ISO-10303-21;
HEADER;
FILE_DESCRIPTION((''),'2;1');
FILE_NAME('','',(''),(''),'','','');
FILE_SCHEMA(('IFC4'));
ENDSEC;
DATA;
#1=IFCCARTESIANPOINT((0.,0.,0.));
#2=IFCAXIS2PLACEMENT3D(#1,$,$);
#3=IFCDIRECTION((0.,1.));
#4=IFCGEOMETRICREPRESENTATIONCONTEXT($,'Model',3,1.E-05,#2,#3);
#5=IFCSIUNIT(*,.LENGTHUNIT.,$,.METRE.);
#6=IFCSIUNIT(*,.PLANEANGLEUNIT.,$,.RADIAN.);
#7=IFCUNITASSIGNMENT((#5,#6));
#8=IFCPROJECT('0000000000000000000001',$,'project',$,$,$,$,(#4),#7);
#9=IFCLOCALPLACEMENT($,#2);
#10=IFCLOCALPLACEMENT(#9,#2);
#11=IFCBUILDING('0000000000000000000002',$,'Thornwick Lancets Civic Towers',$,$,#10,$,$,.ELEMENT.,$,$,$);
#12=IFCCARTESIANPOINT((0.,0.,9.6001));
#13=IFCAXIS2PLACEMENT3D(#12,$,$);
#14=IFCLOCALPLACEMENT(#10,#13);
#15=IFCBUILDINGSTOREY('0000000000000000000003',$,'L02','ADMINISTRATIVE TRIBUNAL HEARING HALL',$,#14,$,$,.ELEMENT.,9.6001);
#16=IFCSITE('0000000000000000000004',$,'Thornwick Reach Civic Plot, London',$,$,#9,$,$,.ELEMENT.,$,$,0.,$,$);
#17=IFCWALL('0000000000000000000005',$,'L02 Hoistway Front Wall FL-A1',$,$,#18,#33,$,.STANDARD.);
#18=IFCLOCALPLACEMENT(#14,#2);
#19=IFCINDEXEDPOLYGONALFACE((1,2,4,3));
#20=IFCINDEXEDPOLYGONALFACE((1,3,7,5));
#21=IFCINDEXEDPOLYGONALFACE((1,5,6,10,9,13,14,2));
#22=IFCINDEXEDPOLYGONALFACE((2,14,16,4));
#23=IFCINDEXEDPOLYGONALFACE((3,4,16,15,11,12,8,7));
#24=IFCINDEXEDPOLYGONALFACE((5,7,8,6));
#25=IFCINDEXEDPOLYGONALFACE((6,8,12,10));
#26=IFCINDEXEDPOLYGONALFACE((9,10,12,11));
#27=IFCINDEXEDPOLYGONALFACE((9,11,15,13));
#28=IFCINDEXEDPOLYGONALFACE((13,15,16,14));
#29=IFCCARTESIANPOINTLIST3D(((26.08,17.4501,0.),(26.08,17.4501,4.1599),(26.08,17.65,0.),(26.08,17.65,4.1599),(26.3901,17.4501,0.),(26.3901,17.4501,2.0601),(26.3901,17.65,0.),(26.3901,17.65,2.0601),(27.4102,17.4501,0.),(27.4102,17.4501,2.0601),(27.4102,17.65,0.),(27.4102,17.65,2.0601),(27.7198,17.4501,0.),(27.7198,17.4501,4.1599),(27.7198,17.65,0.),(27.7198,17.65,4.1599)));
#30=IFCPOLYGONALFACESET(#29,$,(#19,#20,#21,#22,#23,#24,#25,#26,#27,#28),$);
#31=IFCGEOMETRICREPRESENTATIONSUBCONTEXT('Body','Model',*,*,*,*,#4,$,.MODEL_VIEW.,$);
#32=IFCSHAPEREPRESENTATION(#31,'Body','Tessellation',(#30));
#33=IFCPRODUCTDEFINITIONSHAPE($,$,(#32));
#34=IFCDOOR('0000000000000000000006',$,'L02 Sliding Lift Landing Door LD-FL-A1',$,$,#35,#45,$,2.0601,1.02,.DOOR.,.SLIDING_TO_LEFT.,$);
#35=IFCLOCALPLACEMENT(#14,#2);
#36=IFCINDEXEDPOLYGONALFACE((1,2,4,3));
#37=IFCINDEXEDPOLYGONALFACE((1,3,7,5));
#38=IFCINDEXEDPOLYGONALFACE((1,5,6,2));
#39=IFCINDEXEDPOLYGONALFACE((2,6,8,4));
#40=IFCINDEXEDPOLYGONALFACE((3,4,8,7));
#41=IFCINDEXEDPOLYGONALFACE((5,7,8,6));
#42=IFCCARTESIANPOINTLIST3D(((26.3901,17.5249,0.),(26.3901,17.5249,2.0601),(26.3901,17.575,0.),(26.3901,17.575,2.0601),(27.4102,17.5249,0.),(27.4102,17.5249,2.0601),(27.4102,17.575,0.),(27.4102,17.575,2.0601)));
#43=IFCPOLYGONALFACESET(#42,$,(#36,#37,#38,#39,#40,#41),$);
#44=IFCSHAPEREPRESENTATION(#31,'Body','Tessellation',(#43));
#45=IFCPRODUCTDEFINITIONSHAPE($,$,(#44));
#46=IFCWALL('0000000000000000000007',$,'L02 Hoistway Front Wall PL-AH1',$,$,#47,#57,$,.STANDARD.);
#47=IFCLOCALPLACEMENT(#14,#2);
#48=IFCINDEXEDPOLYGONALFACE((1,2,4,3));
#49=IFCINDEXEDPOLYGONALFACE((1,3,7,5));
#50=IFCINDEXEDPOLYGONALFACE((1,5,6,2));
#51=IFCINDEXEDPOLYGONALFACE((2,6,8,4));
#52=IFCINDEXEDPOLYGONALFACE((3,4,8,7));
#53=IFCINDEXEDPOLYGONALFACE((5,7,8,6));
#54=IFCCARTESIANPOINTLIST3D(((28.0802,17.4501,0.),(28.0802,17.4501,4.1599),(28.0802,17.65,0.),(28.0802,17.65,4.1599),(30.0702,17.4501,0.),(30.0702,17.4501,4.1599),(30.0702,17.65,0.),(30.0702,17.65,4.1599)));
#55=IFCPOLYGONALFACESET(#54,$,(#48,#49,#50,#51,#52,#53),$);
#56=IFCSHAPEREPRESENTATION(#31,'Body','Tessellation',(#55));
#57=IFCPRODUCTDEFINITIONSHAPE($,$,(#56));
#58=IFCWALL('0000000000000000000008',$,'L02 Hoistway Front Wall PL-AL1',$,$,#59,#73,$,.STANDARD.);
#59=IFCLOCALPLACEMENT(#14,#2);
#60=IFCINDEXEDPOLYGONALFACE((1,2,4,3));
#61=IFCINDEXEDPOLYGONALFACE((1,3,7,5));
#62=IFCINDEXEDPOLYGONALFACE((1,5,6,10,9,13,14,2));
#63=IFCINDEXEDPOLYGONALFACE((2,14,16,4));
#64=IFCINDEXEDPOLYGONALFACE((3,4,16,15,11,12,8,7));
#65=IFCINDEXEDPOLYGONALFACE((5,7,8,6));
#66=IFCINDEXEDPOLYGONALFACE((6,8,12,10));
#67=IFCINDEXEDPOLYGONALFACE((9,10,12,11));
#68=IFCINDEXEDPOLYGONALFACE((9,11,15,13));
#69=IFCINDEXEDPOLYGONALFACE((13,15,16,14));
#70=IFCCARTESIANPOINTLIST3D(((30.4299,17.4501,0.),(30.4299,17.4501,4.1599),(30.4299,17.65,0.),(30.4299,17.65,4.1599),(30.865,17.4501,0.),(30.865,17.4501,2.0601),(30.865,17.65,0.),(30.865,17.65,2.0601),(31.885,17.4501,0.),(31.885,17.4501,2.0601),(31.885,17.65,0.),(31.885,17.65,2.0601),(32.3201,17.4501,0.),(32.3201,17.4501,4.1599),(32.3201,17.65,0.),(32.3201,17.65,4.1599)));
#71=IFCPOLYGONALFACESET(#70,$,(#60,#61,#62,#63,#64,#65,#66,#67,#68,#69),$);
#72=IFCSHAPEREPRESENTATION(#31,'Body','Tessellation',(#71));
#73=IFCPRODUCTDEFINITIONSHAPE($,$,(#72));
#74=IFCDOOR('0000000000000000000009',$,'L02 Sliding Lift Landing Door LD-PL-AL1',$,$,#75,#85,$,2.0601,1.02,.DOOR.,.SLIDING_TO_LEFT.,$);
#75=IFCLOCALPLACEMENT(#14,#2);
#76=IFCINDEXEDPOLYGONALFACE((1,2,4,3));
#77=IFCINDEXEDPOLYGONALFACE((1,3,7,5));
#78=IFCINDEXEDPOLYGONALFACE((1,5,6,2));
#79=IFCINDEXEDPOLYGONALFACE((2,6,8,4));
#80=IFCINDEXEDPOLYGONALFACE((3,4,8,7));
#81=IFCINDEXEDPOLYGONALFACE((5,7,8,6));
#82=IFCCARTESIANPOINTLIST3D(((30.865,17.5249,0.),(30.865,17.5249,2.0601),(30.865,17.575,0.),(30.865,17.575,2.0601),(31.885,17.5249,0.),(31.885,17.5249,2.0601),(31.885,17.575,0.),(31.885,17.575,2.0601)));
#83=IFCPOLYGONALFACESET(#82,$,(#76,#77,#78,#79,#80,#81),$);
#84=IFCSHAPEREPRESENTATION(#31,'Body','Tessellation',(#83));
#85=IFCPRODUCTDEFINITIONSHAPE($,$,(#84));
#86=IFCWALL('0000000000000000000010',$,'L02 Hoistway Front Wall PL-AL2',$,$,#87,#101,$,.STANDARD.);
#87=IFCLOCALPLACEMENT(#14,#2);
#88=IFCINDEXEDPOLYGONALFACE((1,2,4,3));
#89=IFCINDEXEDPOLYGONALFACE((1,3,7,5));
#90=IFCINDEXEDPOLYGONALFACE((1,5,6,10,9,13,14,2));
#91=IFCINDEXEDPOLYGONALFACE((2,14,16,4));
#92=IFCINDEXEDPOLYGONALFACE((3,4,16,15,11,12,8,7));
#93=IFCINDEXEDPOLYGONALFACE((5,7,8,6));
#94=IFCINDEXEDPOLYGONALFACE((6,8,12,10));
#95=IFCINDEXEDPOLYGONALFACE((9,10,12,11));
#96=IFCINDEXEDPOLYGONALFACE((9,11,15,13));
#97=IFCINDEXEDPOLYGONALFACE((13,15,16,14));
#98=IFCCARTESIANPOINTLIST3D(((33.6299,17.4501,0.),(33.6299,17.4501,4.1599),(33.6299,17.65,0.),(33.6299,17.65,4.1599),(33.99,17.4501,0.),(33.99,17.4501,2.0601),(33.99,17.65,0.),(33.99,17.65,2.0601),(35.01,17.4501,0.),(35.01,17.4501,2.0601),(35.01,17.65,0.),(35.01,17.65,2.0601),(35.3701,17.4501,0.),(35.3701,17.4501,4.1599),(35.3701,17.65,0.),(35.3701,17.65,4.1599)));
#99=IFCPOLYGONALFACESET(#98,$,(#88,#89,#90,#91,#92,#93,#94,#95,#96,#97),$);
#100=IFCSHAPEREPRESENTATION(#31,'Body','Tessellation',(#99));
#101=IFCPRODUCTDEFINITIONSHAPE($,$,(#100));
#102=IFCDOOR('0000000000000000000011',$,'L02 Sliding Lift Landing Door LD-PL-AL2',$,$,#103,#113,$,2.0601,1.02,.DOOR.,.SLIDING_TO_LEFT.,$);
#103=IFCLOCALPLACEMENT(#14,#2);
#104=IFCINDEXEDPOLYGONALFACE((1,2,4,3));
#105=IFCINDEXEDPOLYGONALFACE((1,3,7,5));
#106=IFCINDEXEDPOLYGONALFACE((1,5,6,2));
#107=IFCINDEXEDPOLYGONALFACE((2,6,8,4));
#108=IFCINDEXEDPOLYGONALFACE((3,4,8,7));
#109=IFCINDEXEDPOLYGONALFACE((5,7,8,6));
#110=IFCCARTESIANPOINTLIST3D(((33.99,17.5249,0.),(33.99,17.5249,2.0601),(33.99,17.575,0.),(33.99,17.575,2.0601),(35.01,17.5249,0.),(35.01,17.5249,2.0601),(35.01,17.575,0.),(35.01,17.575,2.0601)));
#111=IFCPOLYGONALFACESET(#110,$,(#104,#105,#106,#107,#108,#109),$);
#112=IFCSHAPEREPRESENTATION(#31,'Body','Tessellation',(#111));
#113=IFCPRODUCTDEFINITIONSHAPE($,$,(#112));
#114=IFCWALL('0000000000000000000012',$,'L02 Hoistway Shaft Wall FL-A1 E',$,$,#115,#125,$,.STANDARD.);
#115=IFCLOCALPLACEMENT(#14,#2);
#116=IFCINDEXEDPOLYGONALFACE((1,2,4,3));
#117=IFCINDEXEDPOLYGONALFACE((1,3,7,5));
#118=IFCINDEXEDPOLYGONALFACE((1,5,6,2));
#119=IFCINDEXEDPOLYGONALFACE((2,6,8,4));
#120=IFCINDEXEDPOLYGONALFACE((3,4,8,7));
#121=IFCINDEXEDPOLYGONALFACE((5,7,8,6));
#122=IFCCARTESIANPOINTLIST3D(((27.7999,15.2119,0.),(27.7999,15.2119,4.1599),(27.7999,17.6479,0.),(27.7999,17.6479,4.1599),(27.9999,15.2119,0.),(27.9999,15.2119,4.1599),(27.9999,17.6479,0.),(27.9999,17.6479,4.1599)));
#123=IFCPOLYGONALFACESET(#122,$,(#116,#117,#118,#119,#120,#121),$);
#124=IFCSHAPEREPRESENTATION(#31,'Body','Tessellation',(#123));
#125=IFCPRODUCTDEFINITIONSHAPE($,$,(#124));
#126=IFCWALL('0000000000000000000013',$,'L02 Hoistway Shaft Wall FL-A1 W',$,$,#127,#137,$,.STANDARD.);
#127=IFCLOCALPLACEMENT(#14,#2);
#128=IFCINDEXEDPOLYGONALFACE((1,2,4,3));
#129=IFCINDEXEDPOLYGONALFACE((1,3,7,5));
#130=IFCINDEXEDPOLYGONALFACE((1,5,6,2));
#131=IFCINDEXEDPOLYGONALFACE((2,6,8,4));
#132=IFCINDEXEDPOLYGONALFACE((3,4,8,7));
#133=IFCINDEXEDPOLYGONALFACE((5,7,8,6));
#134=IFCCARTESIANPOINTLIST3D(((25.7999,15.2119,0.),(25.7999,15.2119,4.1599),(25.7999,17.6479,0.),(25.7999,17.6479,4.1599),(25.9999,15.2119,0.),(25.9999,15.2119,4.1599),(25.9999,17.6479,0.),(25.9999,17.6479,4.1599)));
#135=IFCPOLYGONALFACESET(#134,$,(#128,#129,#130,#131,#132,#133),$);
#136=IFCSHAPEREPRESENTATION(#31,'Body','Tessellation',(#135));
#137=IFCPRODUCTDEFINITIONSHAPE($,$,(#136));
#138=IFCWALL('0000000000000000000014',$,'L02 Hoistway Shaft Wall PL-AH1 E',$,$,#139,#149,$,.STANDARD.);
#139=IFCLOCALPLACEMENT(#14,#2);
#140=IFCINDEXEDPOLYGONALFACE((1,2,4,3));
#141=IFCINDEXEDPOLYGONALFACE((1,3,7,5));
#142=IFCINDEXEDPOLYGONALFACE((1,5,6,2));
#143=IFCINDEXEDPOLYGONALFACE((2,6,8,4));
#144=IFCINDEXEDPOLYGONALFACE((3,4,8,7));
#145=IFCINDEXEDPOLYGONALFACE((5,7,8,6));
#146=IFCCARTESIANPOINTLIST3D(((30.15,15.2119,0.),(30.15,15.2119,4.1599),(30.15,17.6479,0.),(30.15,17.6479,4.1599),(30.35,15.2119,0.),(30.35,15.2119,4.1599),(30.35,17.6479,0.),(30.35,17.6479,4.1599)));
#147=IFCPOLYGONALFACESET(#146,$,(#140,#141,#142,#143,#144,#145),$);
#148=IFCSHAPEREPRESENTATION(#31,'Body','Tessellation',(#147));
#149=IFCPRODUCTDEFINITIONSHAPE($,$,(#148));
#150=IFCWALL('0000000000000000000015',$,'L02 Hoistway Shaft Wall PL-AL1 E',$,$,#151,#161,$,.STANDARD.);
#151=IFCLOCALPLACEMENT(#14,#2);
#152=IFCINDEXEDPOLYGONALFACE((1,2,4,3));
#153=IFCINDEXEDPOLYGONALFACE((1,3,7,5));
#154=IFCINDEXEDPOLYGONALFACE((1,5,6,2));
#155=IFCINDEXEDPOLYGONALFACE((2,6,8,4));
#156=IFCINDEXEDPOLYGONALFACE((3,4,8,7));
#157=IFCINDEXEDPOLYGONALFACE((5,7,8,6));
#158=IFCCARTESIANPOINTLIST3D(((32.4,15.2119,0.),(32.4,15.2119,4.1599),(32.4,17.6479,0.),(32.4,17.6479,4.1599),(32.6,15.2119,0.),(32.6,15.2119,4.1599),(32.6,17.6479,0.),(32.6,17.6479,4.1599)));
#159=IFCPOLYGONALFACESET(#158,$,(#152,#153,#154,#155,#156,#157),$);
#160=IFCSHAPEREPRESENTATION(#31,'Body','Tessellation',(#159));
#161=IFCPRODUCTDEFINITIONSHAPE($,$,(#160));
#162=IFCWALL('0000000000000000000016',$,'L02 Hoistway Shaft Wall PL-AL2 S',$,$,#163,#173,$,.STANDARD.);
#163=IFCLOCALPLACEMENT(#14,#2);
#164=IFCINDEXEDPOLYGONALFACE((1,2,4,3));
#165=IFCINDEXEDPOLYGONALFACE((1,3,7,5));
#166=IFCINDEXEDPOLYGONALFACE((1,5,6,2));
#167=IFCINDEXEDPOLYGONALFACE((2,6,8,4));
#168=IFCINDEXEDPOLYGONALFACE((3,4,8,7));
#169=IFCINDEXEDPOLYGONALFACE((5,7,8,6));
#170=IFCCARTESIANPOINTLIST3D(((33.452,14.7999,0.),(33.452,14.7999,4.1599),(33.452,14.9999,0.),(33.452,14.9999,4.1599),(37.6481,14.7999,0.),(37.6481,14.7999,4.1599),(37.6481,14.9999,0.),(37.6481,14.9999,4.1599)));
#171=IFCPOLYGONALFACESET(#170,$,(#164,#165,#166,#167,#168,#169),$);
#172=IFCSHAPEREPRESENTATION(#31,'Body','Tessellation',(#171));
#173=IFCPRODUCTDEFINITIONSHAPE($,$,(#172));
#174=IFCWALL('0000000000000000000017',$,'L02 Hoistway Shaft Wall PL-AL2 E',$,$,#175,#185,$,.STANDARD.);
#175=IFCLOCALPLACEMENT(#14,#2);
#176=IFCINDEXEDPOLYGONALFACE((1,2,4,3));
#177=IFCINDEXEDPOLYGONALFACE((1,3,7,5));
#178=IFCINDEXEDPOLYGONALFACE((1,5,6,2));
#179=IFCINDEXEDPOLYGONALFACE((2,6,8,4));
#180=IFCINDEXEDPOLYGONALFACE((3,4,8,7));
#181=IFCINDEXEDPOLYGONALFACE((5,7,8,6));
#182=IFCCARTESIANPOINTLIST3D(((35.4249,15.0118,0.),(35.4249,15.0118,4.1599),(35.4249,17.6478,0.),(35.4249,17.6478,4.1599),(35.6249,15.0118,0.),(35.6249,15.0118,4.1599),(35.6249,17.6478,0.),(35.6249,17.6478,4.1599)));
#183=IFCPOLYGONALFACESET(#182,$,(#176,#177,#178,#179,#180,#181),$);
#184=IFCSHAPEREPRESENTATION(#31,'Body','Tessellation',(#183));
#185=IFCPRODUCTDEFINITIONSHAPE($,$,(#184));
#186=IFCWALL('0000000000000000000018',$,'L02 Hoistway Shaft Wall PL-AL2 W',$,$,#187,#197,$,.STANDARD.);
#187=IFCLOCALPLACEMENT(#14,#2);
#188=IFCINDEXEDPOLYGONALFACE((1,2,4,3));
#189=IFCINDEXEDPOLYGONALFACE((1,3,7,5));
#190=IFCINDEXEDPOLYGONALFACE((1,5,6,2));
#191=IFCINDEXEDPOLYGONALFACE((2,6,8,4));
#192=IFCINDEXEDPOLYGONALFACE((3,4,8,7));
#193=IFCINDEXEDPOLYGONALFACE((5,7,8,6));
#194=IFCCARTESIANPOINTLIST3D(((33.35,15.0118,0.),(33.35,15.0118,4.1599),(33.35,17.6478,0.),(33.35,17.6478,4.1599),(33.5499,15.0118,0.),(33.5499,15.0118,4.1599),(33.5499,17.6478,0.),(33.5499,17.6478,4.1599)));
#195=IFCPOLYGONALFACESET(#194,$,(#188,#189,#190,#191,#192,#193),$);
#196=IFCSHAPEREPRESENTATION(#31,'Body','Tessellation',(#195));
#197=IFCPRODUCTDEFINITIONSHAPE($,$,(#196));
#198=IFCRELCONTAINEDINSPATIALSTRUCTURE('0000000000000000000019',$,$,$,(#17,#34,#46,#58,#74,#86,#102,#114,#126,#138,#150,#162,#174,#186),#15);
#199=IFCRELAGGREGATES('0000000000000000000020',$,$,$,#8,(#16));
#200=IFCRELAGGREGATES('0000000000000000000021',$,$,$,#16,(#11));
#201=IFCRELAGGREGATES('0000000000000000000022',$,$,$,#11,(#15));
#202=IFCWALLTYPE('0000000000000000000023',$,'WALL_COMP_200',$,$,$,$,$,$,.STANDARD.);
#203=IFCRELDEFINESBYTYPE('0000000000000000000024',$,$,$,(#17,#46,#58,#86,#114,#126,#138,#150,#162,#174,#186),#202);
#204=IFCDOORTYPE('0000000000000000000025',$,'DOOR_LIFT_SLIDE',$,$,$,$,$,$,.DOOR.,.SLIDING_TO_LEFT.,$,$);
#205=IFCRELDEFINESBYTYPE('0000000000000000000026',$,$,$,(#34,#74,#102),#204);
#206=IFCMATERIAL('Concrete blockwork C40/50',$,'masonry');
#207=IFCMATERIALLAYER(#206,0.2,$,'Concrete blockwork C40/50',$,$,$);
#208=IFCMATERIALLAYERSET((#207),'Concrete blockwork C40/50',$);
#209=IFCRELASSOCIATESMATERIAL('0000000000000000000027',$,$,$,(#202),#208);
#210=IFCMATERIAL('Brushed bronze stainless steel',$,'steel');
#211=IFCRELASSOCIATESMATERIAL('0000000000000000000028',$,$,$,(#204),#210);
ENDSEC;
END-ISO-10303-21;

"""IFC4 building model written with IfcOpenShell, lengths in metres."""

from ifc_helpers import new_model, si_unit, direction, frame, frame_2d, origin, place, context, subcontext, project, spatial, rectangle, extrude, material, layer, layer_set, type_object, element, fill, save


model = new_model("IFC4")

# Units and contexts
model_context = context("Model", 3, precision=1e-05, world=origin(), true_north=direction((0.0, 1.0)))
body_context = subcontext(model_context, "Body", "Model", "MODEL_VIEW")
ifc_project = project(units=[si_unit("LENGTHUNIT", "METRE"), si_unit("PLANEANGLEUNIT", "RADIAN")], contexts=[model_context])

# Site, building, storey
site_placement = place(None, origin())
site = spatial("IfcSite", under=ifc_project, at=site_placement, Name="Thornwick Reach Civic Plot, London", CompositionType="ELEMENT", RefElevation=0.0)
building_placement = place(site_placement, origin())
building = spatial("IfcBuilding", under=site, at=building_placement, Name="Thornwick Lancets Civic Towers", CompositionType="ELEMENT")
storey_placement = place(building_placement, frame((0.0, 0.0, 9.6001)))
storey = spatial("IfcBuildingStorey", under=building, at=storey_placement, Name="L02", Description="ADMINISTRATIVE TRIBUNAL HEARING HALL", CompositionType="ELEMENT", Elevation=9.6001)

# Wall, opening, door
ifc_material_1 = material(Name="Concrete blockwork C40/50", Category="masonry")
ifc_layer_1 = layer(ifc_material_1, 0.2, Name="Concrete blockwork C40/50")
ifc_layer_set_1 = layer_set([ifc_layer_1], Name="Concrete blockwork C40/50")
wall_type_1 = type_object("IfcWallType", Name="WALL_COMP_200", PredefinedType="STANDARD", material=ifc_layer_set_1)
wall_1_placement = place(storey_placement, frame((26.0801, 17.55, 0.0), z_axis=(0.0, 0.0, 1.0), x_axis=(1.0, 0.0, 0.0)))
wall_1 = element("IfcWall", 1, at=wall_1_placement, inside=storey, type_object=wall_type_1, Name="L02 Hoistway Front Wall FL-A1", PredefinedType="STANDARD", context=body_context, shape_type="SweptSolid", body=[
    extrude(rectangle(XDim=1.6399, YDim=0.2, at=frame_2d((0.8198, 0.0))), origin(), (0.0, 0.0, 1.0), 4.1599),
])
opening_1_placement = place(wall_1_placement, frame((0.3101, 0.0, 0.0)))
opening_1 = element("IfcOpeningElement", 2, at=opening_1_placement, cuts=wall_1, PredefinedType="OPENING", context=body_context, shape_type="SweptSolid", body=[
    extrude(rectangle(XDim=1.02, YDim=2.0601, at=frame_2d((0.51, 1.03))), frame((0.0, 0.1099, 0.0), z_axis=(0.0, -1.0, 0.0), x_axis=(1.0, 0.0, 0.0)), (0.0, 0.0, 1.0), 0.22),
])
ifc_material_2 = material(Name="Brushed bronze stainless steel", Category="steel")
door_type = type_object("IfcDoorType", Name="DOOR_LIFT_SLIDE", OperationType="SLIDING_TO_LEFT", PredefinedType="DOOR", material=ifc_material_2)
door_1_placement = place(opening_1_placement, origin())
door_1 = element("IfcDoor", 3, at=door_1_placement, inside=storey, type_object=door_type, Name="L02 Sliding Lift Landing Door LD-FL-A1", OperationType="SLIDING_TO_LEFT", OverallHeight=2.0601, OverallWidth=1.02, PredefinedType="DOOR", context=body_context, shape_type="SweptSolid", body=[
    extrude(rectangle(XDim=1.02, YDim=2.0601, at=frame_2d((0.51, 1.03))), frame((0.0, 0.0249, 0.0), z_axis=(0.0, -1.0, 0.0), x_axis=(1.0, 0.0, 0.0)), (0.0, 0.0, 1.0), 0.05),
])
fill(opening_1, door_1)

# Wall
wall_2_placement = place(storey_placement, frame((28.0801, 17.55, 0.0), z_axis=(0.0, 0.0, 1.0), x_axis=(1.0, 0.0, 0.0)))
element("IfcWall", 4, at=wall_2_placement, inside=storey, type_object=wall_type_1, Name="L02 Hoistway Front Wall PL-AH1", PredefinedType="STANDARD", context=body_context, shape_type="SweptSolid", body=[
    extrude(rectangle(XDim=1.99, YDim=0.2, at=frame_2d((0.9951, 0.0))), origin(), (0.0, 0.0, 1.0), 4.1599),
])

# Walls, openings, doors
wall_3_placement = place(storey_placement, frame((30.4299, 17.55, 0.0), z_axis=(0.0, 0.0, 1.0), x_axis=(1.0, 0.0, 0.0)))
wall_3 = element("IfcWall", 5, at=wall_3_placement, inside=storey, type_object=wall_type_1, Name="L02 Hoistway Front Wall PL-AL1", PredefinedType="STANDARD", context=body_context, shape_type="SweptSolid", body=[
    extrude(rectangle(XDim=1.8901, YDim=0.2, at=frame_2d((0.9451, 0.0))), origin(), (0.0, 0.0, 1.0), 4.1599),
])
opening_2_placement = place(wall_3_placement, frame((0.4351, 0.0, 0.0)))
opening_2 = element("IfcOpeningElement", 6, at=opening_2_placement, cuts=wall_3, PredefinedType="OPENING", context=body_context, shape_type="SweptSolid", body=[
    extrude(rectangle(XDim=1.02, YDim=2.0601, at=frame_2d((0.51, 1.03))), frame((0.0, 0.1099, 0.0), z_axis=(0.0, -1.0, 0.0), x_axis=(1.0, 0.0, 0.0)), (0.0, 0.0, 1.0), 0.22),
])
door_2_placement = place(opening_2_placement, origin())
door_2 = element("IfcDoor", 7, at=door_2_placement, inside=storey, type_object=door_type, Name="L02 Sliding Lift Landing Door LD-PL-AL1", OperationType="SLIDING_TO_LEFT", OverallHeight=2.0601, OverallWidth=1.02, PredefinedType="DOOR", context=body_context, shape_type="SweptSolid", body=[
    extrude(rectangle(XDim=1.02, YDim=2.0601, at=frame_2d((0.51, 1.03))), frame((0.0, 0.0249, 0.0), z_axis=(0.0, -1.0, 0.0), x_axis=(1.0, 0.0, 0.0)), (0.0, 0.0, 1.0), 0.05),
])
fill(opening_2, door_2)
wall_4_placement = place(storey_placement, frame((33.6299, 17.55, 0.0), z_axis=(0.0, 0.0, 1.0), x_axis=(1.0, 0.0, 0.0)))
wall_4 = element("IfcWall", 8, at=wall_4_placement, inside=storey, type_object=wall_type_1, Name="L02 Hoistway Front Wall PL-AL2", PredefinedType="STANDARD", context=body_context, shape_type="SweptSolid", body=[
    extrude(rectangle(XDim=1.7402, YDim=0.2, at=frame_2d((0.8701, 0.0))), origin(), (0.0, 0.0, 1.0), 4.1599),
])
opening_3_placement = place(wall_4_placement, frame((0.3601, 0.0, 0.0)))
opening_3 = element("IfcOpeningElement", 9, at=opening_3_placement, cuts=wall_4, PredefinedType="OPENING", context=body_context, shape_type="SweptSolid", body=[
    extrude(rectangle(XDim=1.02, YDim=2.0601, at=frame_2d((0.51, 1.03))), frame((0.0, 0.1099, 0.0), z_axis=(0.0, -1.0, 0.0), x_axis=(1.0, 0.0, 0.0)), (0.0, 0.0, 1.0), 0.22),
])
door_3_placement = place(opening_3_placement, origin())
door_3 = element("IfcDoor", 10, at=door_3_placement, inside=storey, type_object=door_type, Name="L02 Sliding Lift Landing Door LD-PL-AL2", OperationType="SLIDING_TO_LEFT", OverallHeight=2.0601, OverallWidth=1.02, PredefinedType="DOOR", context=body_context, shape_type="SweptSolid", body=[
    extrude(rectangle(XDim=1.02, YDim=2.0601, at=frame_2d((0.51, 1.03))), frame((0.0, 0.0249, 0.0), z_axis=(0.0, -1.0, 0.0), x_axis=(1.0, 0.0, 0.0)), (0.0, 0.0, 1.0), 0.05),
])
fill(opening_3, door_3)

# Walls
for number, where, z_axis, x_axis, name in (
    (11, (27.8999, 15.2119, 0.0), (0.0, 0.0, 1.0), (0.0, 1.0, 0.0), "L02 Hoistway Shaft Wall FL-A1 E"),
    (12, (25.8999, 15.2119, 0.0), (0.0, 0.0, 1.0), (0.0, 1.0, 0.0), "L02 Hoistway Shaft Wall FL-A1 W"),
    (13, (30.25, 15.2119, 0.0), (0.0, 0.0, 1.0), (0.0, 1.0, 0.0), "L02 Hoistway Shaft Wall PL-AH1 E"),
    (14, (32.5, 15.2119, 0.0), (0.0, 0.0, 1.0), (0.0, 1.0, 0.0), "L02 Hoistway Shaft Wall PL-AL1 E"),
):
    element("IfcWall", number, at=place(storey_placement, frame(where, z_axis=z_axis, x_axis=x_axis)), inside=storey, type_object=wall_type_1, Name=name, PredefinedType="STANDARD", context=body_context, shape_type="SweptSolid", body=[
        extrude(rectangle(XDim=2.436, YDim=0.2, at=frame_2d((1.218, 0.0))), origin(), (0.0, 0.0, 1.0), 4.1599),
    ])
wall_5_placement = place(storey_placement, frame((33.4519, 14.8999, 0.0), z_axis=(0.0, 0.0, 1.0), x_axis=(1.0, 0.0, 0.0)))
element("IfcWall", 15, at=wall_5_placement, inside=storey, type_object=wall_type_1, Name="L02 Hoistway Shaft Wall PL-AL2 S", PredefinedType="STANDARD", context=body_context, shape_type="SweptSolid", body=[
    extrude(rectangle(XDim=4.196, YDim=0.2, at=frame_2d((2.0981, 0.0))), origin(), (0.0, 0.0, 1.0), 4.1599),
])
for number, where, z_axis, x_axis, name in (
    (16, (35.5249, 15.012, 0.0), (0.0, 0.0, 1.0), (0.0, 1.0, 0.0), "L02 Hoistway Shaft Wall PL-AL2 E"),
    (17, (33.45, 15.012, 0.0), (0.0, 0.0, 1.0), (0.0, 1.0, 0.0), "L02 Hoistway Shaft Wall PL-AL2 W"),
):
    element("IfcWall", number, at=place(storey_placement, frame(where, z_axis=z_axis, x_axis=x_axis)), inside=storey, type_object=wall_type_1, Name=name, PredefinedType="STANDARD", context=body_context, shape_type="SweptSolid", body=[
        extrude(rectangle(XDim=2.636, YDim=0.2, at=frame_2d((1.3179, 0.0))), origin(), (0.0, 0.0, 1.0), 4.1599),
    ])

save(model, "model.ifc")
